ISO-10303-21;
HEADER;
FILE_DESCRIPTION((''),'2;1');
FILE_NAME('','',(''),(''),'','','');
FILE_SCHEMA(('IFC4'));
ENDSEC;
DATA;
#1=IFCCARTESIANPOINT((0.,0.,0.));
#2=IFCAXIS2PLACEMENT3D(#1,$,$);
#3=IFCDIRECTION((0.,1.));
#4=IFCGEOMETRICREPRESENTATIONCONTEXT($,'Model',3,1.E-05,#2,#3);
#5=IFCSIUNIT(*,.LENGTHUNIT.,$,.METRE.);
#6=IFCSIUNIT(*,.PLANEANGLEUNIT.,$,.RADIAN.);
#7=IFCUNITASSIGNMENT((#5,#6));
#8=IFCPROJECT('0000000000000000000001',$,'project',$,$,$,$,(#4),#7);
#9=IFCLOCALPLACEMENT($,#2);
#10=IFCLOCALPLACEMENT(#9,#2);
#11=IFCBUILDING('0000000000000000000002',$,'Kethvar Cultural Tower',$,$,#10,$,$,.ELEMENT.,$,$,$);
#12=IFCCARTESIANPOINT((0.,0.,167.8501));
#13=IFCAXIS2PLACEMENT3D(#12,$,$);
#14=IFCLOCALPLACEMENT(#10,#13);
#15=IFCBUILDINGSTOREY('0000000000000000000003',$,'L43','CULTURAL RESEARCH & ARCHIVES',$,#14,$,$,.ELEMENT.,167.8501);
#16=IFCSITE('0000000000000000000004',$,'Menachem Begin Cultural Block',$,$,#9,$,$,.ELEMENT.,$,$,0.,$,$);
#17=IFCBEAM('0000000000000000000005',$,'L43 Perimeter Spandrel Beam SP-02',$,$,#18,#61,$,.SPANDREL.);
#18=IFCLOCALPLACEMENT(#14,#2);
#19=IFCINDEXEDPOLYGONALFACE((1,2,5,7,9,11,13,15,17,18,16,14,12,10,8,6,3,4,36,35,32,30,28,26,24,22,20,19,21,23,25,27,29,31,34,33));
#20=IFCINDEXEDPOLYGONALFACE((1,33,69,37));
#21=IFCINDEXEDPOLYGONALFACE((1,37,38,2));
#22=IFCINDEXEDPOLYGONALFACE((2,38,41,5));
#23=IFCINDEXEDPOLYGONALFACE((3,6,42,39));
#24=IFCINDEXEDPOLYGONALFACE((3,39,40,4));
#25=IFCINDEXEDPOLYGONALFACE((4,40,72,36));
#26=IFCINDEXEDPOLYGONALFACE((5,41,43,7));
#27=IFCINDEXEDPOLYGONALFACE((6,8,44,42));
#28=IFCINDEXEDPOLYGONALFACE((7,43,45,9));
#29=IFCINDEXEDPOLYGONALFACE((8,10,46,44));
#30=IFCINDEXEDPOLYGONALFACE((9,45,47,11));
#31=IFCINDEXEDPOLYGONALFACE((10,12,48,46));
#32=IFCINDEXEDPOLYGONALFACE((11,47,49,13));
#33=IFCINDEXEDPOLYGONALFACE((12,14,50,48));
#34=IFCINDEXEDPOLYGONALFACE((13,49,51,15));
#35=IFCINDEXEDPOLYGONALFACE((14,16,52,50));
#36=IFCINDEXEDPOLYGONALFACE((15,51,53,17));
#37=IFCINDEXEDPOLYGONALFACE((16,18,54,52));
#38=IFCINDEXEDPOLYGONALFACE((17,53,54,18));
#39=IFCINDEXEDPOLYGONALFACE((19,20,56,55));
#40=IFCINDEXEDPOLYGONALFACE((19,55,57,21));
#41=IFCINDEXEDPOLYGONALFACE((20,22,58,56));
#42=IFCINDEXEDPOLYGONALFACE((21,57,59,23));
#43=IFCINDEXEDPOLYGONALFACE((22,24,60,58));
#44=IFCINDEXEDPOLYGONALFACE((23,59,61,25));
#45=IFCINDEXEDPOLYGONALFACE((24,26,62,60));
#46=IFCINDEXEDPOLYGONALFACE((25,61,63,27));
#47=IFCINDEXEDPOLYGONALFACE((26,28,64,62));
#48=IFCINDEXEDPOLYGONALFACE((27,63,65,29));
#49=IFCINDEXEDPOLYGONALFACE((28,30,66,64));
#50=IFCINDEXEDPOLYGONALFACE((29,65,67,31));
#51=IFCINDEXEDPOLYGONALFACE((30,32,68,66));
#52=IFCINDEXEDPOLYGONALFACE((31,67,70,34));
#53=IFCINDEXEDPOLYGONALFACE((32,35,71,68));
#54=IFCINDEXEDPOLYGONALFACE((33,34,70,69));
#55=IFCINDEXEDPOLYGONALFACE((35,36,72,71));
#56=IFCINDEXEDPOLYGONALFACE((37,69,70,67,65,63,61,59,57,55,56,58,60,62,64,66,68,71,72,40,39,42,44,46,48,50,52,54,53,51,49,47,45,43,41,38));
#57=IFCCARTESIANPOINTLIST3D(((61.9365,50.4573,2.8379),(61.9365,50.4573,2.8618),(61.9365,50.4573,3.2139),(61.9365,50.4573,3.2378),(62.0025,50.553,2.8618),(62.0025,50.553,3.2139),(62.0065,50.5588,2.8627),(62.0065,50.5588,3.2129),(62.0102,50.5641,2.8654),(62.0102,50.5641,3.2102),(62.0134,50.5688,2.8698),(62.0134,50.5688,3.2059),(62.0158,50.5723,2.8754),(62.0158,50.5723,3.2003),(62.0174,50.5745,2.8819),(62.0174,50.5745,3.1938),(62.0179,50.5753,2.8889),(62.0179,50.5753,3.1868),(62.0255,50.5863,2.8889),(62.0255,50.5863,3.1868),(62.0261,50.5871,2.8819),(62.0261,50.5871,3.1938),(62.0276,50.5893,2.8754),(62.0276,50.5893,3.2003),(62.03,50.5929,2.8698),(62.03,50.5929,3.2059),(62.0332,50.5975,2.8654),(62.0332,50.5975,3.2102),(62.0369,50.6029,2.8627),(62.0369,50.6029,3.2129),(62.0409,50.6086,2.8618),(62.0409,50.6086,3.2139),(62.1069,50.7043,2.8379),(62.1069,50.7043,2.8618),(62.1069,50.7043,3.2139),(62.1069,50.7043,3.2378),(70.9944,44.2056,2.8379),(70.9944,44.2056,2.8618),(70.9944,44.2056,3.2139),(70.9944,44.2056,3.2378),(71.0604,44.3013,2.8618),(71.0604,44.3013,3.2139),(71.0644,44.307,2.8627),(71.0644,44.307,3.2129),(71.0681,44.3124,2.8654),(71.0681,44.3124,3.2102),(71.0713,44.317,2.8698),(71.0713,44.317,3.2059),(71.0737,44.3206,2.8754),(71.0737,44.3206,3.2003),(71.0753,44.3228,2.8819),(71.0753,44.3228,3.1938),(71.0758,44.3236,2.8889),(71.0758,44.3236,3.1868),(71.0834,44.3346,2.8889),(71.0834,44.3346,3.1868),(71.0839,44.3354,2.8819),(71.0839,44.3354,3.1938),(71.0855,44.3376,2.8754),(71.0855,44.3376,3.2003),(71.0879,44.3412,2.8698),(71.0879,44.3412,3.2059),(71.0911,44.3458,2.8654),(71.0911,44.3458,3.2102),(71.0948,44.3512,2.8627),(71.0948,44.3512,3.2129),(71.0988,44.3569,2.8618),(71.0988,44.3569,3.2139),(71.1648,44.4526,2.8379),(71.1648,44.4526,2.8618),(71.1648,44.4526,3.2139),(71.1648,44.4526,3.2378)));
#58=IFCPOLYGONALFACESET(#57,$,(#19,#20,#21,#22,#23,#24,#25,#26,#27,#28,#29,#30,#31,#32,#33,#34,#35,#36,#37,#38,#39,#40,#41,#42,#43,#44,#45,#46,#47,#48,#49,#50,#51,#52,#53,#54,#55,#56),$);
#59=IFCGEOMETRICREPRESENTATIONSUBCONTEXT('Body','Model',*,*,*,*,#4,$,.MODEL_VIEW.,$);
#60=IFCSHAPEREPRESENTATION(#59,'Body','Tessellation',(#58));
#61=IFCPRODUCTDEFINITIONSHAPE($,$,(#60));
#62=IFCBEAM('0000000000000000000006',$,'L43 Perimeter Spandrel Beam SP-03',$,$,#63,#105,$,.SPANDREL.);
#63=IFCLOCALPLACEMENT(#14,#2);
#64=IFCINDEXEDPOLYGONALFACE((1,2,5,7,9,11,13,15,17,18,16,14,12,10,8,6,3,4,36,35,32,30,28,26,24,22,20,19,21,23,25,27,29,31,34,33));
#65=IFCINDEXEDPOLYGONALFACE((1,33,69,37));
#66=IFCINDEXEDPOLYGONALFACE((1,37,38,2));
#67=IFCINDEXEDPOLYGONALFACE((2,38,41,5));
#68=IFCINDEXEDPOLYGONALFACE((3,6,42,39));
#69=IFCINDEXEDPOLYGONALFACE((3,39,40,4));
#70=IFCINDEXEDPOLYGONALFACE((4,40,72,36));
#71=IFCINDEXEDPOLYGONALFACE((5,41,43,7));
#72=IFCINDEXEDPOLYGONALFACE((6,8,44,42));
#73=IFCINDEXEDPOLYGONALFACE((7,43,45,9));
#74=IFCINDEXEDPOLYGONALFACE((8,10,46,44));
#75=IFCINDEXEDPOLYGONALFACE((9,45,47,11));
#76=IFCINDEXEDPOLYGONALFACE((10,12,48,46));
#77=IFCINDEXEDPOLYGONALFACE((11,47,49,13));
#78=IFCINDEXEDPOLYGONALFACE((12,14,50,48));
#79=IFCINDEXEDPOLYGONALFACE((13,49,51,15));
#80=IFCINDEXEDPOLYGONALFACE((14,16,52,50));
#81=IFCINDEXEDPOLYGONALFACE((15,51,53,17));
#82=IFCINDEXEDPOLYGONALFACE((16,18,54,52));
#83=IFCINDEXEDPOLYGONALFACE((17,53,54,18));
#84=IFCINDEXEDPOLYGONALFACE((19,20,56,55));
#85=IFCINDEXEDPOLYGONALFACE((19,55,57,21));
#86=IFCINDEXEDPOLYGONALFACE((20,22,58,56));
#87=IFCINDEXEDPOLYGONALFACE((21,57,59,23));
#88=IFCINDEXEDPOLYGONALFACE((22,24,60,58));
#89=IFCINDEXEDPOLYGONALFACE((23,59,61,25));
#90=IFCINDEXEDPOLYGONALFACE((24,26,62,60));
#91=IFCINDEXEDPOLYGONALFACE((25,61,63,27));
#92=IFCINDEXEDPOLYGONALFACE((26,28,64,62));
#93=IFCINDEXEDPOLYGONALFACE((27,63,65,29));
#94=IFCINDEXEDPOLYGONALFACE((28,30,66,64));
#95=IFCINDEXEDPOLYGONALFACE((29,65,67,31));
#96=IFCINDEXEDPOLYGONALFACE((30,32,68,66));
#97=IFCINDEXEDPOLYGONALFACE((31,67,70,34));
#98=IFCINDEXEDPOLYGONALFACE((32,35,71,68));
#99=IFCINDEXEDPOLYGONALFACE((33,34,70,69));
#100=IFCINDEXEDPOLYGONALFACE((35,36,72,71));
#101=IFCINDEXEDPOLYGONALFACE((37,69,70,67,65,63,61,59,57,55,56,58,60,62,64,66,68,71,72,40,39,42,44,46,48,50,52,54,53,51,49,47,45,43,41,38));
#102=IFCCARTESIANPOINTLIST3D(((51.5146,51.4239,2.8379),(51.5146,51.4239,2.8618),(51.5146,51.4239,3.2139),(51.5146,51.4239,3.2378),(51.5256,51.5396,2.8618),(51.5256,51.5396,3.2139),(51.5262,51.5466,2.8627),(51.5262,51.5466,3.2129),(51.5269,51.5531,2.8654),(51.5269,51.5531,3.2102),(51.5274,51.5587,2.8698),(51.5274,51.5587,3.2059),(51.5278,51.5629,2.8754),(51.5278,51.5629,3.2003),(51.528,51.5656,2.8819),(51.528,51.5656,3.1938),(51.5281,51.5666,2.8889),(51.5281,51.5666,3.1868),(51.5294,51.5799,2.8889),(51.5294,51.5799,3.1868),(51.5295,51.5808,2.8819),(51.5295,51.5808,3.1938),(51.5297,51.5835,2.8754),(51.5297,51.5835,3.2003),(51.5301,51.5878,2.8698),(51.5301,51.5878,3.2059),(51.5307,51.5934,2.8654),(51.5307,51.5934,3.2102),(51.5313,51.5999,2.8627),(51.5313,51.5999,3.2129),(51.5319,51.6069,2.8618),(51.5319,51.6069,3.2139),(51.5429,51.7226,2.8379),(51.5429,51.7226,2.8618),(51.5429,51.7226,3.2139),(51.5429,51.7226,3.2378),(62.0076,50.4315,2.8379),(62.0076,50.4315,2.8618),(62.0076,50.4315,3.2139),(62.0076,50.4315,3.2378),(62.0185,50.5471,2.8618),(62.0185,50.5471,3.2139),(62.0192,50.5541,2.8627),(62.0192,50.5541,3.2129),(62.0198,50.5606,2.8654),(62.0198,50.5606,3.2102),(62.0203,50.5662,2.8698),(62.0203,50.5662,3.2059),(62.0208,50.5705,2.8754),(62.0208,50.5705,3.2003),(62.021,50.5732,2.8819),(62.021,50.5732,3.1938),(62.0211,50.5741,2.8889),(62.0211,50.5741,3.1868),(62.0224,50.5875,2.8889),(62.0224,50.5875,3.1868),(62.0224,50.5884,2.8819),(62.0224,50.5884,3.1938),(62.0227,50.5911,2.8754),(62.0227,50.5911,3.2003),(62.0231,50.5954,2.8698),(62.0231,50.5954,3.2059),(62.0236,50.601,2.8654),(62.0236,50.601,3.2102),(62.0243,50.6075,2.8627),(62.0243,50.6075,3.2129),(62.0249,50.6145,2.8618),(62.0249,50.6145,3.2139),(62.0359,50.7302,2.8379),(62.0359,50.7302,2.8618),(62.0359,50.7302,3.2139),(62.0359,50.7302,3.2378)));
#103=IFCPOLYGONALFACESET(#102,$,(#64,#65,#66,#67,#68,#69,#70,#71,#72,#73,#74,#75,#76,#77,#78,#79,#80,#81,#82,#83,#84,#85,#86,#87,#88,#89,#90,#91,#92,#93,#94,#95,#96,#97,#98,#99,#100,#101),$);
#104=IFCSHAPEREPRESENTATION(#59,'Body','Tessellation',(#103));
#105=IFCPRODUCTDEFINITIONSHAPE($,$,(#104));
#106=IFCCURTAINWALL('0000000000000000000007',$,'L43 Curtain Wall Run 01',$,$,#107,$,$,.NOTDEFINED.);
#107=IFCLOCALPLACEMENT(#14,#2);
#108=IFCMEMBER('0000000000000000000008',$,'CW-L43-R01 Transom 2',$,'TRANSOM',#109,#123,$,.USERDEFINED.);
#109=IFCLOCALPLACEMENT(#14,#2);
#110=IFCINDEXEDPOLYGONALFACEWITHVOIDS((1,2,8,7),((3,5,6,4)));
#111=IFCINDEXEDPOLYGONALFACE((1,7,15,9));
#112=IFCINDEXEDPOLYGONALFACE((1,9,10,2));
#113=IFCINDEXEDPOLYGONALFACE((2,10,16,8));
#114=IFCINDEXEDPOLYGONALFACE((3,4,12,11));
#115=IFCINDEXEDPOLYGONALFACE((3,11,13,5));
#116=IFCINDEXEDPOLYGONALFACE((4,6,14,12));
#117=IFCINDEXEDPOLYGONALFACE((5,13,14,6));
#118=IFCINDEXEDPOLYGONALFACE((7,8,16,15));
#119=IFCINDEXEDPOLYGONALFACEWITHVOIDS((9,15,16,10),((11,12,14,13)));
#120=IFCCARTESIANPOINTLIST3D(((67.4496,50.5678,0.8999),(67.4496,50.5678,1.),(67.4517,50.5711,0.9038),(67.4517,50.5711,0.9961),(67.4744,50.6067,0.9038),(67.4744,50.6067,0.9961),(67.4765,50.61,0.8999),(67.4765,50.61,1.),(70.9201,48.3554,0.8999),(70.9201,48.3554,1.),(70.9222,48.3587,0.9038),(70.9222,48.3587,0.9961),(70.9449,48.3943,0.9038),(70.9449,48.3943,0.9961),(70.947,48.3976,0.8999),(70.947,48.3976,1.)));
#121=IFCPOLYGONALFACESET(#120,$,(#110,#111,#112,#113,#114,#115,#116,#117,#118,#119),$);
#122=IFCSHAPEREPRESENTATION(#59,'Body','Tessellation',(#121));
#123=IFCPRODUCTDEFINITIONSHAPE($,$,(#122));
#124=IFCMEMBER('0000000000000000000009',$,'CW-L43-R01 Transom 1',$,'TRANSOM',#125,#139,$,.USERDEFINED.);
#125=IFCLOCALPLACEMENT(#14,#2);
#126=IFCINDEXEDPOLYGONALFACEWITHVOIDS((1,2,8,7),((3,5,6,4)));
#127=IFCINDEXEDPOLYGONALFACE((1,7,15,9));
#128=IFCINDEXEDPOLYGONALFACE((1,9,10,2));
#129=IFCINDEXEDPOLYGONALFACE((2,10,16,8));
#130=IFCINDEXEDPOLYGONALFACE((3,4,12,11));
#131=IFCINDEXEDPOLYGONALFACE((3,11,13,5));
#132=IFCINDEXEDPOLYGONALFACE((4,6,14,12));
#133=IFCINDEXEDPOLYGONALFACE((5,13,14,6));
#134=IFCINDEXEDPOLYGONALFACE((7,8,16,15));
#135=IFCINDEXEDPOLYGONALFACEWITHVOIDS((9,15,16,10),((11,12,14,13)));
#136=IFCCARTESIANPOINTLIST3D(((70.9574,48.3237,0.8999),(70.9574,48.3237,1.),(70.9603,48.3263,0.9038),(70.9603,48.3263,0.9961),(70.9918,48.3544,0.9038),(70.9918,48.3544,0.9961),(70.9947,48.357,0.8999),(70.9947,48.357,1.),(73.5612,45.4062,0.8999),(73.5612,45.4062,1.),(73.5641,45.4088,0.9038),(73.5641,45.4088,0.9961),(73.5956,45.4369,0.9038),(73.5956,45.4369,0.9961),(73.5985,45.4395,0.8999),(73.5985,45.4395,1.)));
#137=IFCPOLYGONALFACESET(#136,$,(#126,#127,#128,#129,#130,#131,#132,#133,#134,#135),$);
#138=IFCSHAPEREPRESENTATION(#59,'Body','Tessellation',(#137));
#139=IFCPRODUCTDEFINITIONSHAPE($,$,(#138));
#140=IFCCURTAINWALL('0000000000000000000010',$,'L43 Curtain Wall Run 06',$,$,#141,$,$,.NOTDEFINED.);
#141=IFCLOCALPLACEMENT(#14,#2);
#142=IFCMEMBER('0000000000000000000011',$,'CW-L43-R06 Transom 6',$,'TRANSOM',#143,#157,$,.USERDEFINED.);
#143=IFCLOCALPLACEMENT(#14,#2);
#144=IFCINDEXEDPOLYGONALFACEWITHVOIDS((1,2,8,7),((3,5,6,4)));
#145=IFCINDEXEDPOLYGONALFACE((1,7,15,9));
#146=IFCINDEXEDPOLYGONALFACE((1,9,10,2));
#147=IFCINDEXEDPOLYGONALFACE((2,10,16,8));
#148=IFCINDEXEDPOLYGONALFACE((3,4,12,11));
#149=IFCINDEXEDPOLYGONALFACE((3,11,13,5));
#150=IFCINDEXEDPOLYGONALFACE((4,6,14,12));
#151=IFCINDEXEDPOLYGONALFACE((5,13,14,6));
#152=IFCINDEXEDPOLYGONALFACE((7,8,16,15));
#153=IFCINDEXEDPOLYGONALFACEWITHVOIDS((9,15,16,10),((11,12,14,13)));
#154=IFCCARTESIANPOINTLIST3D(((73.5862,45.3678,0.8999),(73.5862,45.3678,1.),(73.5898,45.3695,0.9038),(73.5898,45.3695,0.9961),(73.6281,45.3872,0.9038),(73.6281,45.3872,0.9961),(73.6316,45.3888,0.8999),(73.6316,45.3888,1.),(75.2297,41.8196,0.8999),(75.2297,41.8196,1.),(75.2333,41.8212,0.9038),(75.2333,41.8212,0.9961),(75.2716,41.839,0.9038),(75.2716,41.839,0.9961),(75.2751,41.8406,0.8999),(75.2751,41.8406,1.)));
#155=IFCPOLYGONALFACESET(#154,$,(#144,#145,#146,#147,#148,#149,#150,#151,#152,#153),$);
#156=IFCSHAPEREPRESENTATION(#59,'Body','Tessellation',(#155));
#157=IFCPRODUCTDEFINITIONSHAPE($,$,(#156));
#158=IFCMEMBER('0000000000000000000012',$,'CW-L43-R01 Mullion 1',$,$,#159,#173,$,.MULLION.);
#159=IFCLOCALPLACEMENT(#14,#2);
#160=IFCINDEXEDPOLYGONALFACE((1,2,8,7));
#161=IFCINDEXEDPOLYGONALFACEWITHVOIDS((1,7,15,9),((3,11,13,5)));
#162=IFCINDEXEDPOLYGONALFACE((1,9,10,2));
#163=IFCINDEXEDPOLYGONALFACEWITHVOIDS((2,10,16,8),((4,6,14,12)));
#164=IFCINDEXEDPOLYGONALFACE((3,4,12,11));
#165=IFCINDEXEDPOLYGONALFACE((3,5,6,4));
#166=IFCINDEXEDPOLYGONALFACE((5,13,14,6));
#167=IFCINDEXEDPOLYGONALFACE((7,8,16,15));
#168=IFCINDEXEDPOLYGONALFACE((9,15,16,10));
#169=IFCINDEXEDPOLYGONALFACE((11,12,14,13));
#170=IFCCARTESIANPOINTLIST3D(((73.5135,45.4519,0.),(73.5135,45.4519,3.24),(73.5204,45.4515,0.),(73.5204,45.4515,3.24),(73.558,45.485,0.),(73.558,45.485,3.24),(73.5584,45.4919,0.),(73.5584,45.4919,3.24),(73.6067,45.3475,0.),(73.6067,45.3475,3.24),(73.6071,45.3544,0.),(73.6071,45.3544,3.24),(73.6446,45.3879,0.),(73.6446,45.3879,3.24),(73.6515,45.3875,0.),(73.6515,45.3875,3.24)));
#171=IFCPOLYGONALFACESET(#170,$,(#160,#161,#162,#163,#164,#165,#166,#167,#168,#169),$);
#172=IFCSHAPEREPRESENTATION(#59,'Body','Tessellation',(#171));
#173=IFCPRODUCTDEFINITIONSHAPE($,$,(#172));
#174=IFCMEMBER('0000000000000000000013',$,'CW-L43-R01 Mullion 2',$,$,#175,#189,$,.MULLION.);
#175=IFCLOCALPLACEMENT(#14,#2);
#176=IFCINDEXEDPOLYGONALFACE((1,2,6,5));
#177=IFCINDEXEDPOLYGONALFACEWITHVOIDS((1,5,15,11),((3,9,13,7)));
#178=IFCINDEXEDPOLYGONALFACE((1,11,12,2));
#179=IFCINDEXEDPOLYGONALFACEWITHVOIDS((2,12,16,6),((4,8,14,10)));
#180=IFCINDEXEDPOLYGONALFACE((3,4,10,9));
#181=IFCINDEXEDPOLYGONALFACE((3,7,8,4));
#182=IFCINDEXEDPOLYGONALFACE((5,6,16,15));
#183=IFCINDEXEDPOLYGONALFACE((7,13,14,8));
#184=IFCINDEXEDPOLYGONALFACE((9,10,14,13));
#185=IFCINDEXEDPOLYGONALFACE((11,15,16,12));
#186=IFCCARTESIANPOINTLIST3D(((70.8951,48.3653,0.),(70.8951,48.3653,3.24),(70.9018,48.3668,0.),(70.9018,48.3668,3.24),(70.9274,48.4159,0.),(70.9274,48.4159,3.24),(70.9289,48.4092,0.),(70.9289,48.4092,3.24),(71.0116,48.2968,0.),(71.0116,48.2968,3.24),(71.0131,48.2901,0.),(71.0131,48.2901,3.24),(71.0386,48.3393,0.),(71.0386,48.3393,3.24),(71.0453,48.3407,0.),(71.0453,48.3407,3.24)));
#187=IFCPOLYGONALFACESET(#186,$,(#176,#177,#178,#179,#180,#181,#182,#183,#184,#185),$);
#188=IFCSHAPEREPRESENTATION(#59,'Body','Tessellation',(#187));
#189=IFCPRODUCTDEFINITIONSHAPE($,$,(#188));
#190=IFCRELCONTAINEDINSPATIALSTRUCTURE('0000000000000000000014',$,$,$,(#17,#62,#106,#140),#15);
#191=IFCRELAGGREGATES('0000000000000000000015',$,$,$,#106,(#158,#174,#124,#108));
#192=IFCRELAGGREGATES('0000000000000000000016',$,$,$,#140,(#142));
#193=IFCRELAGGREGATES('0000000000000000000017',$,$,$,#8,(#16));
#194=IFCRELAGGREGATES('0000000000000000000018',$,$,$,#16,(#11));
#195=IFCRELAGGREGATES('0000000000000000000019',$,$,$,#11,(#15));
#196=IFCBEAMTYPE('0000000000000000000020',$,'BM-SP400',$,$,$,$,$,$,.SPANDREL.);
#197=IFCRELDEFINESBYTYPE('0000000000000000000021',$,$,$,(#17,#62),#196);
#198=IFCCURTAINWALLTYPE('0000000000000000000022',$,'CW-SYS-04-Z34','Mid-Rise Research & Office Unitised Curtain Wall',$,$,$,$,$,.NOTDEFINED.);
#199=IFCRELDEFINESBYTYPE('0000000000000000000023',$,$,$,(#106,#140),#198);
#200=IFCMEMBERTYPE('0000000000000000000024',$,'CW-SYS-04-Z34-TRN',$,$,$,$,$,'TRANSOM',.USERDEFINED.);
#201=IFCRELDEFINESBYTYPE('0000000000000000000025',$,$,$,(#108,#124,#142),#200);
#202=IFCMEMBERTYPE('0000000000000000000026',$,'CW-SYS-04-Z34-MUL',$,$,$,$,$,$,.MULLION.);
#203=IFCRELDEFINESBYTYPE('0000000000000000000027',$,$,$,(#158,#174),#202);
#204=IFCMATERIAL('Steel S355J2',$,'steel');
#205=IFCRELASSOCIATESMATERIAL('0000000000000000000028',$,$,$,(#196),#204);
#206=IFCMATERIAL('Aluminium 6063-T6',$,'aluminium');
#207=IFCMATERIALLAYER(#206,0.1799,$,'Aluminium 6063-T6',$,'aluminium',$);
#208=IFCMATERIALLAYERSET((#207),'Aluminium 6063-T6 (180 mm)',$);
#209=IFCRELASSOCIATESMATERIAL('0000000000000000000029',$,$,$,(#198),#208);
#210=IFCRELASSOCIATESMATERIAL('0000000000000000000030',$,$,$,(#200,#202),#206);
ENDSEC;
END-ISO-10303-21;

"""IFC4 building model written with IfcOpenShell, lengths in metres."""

from ifc_helpers import new_model, si_unit, direction, frame, origin, origin_2d, place, context, subcontext, project, spatial, hollow_rectangle, i_section, extrude, source, transform, mapped, material, layer, layer_set, material_profile, profile_set, type_object, element, aggregate, save


model = new_model("IFC4")

# Units and contexts
model_context = context("Model", 3, precision=1e-05, world=origin(), true_north=direction((0.0, 1.0)))
body_context = subcontext(model_context, "Body", "Model", "MODEL_VIEW")
ifc_project = project(units=[si_unit("LENGTHUNIT", "METRE"), si_unit("PLANEANGLEUNIT", "RADIAN")], contexts=[model_context])

# Site, building, storey
site_placement = place(None, origin())
site = spatial("IfcSite", under=ifc_project, at=site_placement, Name="Menachem Begin Cultural Block", CompositionType="ELEMENT", RefElevation=0.0)
building_placement = place(site_placement, origin())
building = spatial("IfcBuilding", under=site, at=building_placement, Name="Kethvar Cultural Tower", CompositionType="ELEMENT")
storey_placement = place(building_placement, frame((0.0, 0.0, 167.8501)))
storey = spatial("IfcBuildingStorey", under=building, at=storey_placement, Name="L43", Description="CULTURAL RESEARCH & ARCHIVES", CompositionType="ELEMENT", Elevation=167.8501)

# Beams
ifc_material_1 = material(Name="Steel S355J2", Category="steel")
ifc_material_profile_1 = material_profile(ifc_material_1, i_section(OverallWidth=0.3, OverallDepth=0.3999, WebThickness=0.0134, FlangeThickness=0.0239, FilletRadius=0.0271, at=origin_2d()), Name="Steel S355J2 — HEB400")
ifc_profile_set_1 = profile_set([ifc_material_profile_1], Name="Steel S355J2 — HEB400")
beam_type_1 = type_object("IfcBeamType", Name="BM-SP400", PredefinedType="SPANDREL", material=ifc_profile_set_1)
shared_shape_1 = source(origin(), body_context, "Body", "SweptSolid", [
    extrude(i_section(OverallWidth=0.3, OverallDepth=0.3999, WebThickness=0.0134, FlangeThickness=0.0239, FilletRadius=0.0271, at=origin_2d()), origin(), (0.0, 0.0, 1.0), 11.0059),
])
beam_1_placement = place(storey_placement, frame((71.0796, 44.3291, 3.0378), z_axis=(-0.823004, 0.568035, 0.0), x_axis=(-0.568035, -0.823004, 0.0)))
element("IfcBeam", 1, at=beam_1_placement, inside=storey, type_object=beam_type_1, Name="L43 Perimeter Spandrel Beam SP-02", PredefinedType="SPANDREL", context=body_context, shape_type="MappedRepresentation", body=[
    mapped(shared_shape_1, transform((0.0, 0.0, 0.0), scale=1.0)),
])
shared_shape_2 = source(origin(), body_context, "Body", "SweptSolid", [
    extrude(i_section(OverallWidth=0.3, OverallDepth=0.3999, WebThickness=0.0134, FlangeThickness=0.0239, FilletRadius=0.0271, at=origin_2d()), origin(), (0.0, 0.0, 1.0), 10.5398),
])
beam_2_placement = place(storey_placement, frame((62.0217, 50.5808, 3.0378), z_axis=(-0.995557, 0.094161, 0.0), x_axis=(-0.094161, -0.995557, 0.0)))
element("IfcBeam", 2, at=beam_2_placement, inside=storey, type_object=beam_type_1, Name="L43 Perimeter Spandrel Beam SP-03", PredefinedType="SPANDREL", context=body_context, shape_type="MappedRepresentation", body=[
    mapped(shared_shape_2, transform((0.0, 0.0, 0.0), scale=1.0)),
])

# Curtain wall, members
ifc_material_2 = material(Name="Aluminium 6063-T6", Category="aluminium")
ifc_layer_1 = layer(ifc_material_2, 0.1799, Name="Aluminium 6063-T6", Category="aluminium")
ifc_layer_set_1 = layer_set([ifc_layer_1], Name="Aluminium 6063-T6 (180 mm)")
curtain_wall_type = type_object("IfcCurtainWallType", Name="CW-SYS-04-Z34", Description="Mid-Rise Research & Office Unitised Curtain Wall", PredefinedType="NOTDEFINED", material=ifc_layer_set_1)
curtain_wall_1_placement = place(storey_placement, origin())
curtain_wall_1 = element("IfcCurtainWall", 3, at=curtain_wall_1_placement, inside=storey, type_object=curtain_wall_type, Name="L43 Curtain Wall Run 01", PredefinedType="NOTDEFINED")
ifc_material_profile_2 = material_profile(ifc_material_2, hollow_rectangle(XDim=0.05, YDim=0.1001, WallThickness=0.0039, at=origin_2d()), Name="Aluminium 6063-T6 — RHS100x50x4")
ifc_profile_set_2 = profile_set([ifc_material_profile_2], Name="Aluminium 6063-T6 — RHS100x50x4")
member_type_1 = type_object("IfcMemberType", Name="CW-SYS-04-Z34-TRN", ElementType="TRANSOM", PredefinedType="USERDEFINED", material=ifc_profile_set_2)
shared_shape_3 = source(origin(), body_context, "Body", "SweptSolid", [
    extrude(hollow_rectangle(XDim=0.05, YDim=0.1001, WallThickness=0.0039, at=origin_2d()), origin(), (0.0, 0.0, 1.0), 4.1157),
])
member_1_placement = place(storey_placement, frame((70.9336, 48.3765, 0.95), z_axis=(-0.843229, 0.537555, 0.0), x_axis=(-0.537555, -0.843229, 0.0)))
member_1 = element("IfcMember", 4, at=member_1_placement, type_object=member_type_1, Name="CW-L43-R01 Transom 2", ObjectType="TRANSOM", PredefinedType="USERDEFINED", context=body_context, shape_type="MappedRepresentation", body=[
    mapped(shared_shape_3, transform((0.0, 0.0, 0.0), scale=1.0)),
])
shared_shape_4 = source(origin(), body_context, "Body", "SweptSolid", [
    extrude(hollow_rectangle(XDim=0.05, YDim=0.1001, WallThickness=0.0039, at=origin_2d()), origin(), (0.0, 0.0, 1.0), 3.9104),
])
member_2_placement = place(storey_placement, frame((73.5798, 45.4229, 0.95), z_axis=(-0.665854, 0.746082, 0.0), x_axis=(-0.746082, -0.665854, 0.0)))
member_2 = element("IfcMember", 5, at=member_2_placement, type_object=member_type_1, Name="CW-L43-R01 Transom 1", ObjectType="TRANSOM", PredefinedType="USERDEFINED", context=body_context, shape_type="MappedRepresentation", body=[
    mapped(shared_shape_4, transform((0.0, 0.0, 0.0), scale=1.0)),
])

# Curtain wall, member
curtain_wall_2_placement = place(storey_placement, origin())
curtain_wall_2 = element("IfcCurtainWall", 6, at=curtain_wall_2_placement, inside=storey, type_object=curtain_wall_type, Name="L43 Curtain Wall Run 06", PredefinedType="NOTDEFINED")
member_3_placement = place(storey_placement, frame((75.2524, 41.8301, 0.95), z_axis=(-0.420293, 0.907388, 0.0), x_axis=(-0.907388, -0.420293, 0.0)))
member_3 = element("IfcMember", 7, at=member_3_placement, type_object=member_type_1, Name="CW-L43-R06 Transom 6", ObjectType="TRANSOM", PredefinedType="USERDEFINED", context=body_context, shape_type="MappedRepresentation", body=[
    mapped(shared_shape_4, transform((0.0, 0.0, 0.0), scale=1.0)),
])

# Members
ifc_material_profile_3 = material_profile(ifc_material_2, hollow_rectangle(XDim=0.0601, YDim=0.1399, WallThickness=0.0049, at=origin_2d()), Name="Aluminium 6063-T6 — RHS140x60x5")
ifc_profile_set_3 = profile_set([ifc_material_profile_3], Name="Aluminium 6063-T6 — RHS140x60x5")
member_type_2 = type_object("IfcMemberType", Name="CW-SYS-04-Z34-MUL", PredefinedType="MULLION", material=ifc_profile_set_3)
shared_shape_5 = source(origin(), body_context, "Body", "SweptSolid", [
    extrude(hollow_rectangle(XDim=0.0601, YDim=0.1399, WallThickness=0.0049, at=origin_2d()), origin(), (0.0, 0.0, 1.0), 3.24),
])
member_4_placement = place(storey_placement, frame((73.5825, 45.4197, 0.0), z_axis=(0.0, 0.0, 1.0), x_axis=(-0.746092, -0.665843, 0.0)))
member_4 = element("IfcMember", 8, at=member_4_placement, type_object=member_type_2, Name="CW-L43-R01 Mullion 1", PredefinedType="MULLION", context=body_context, shape_type="MappedRepresentation", body=[
    mapped(shared_shape_5, transform((0.0, 0.0, 0.0), scale=1.0)),
])
member_5_placement = place(storey_placement, frame((70.9702, 48.353, 0.0), z_axis=(0.0, 0.0, 1.0), x_axis=(-0.53755, -0.843232, 0.0)))
member_5 = element("IfcMember", 9, at=member_5_placement, type_object=member_type_2, Name="CW-L43-R01 Mullion 2", PredefinedType="MULLION", context=body_context, shape_type="MappedRepresentation", body=[
    mapped(shared_shape_5, transform((0.0, 0.0, 0.0), scale=1.0)),
])

aggregate(curtain_wall_1, [member_4, member_5, member_2, member_1])
aggregate(curtain_wall_2, [member_3])

save(model, "model.ifc")
